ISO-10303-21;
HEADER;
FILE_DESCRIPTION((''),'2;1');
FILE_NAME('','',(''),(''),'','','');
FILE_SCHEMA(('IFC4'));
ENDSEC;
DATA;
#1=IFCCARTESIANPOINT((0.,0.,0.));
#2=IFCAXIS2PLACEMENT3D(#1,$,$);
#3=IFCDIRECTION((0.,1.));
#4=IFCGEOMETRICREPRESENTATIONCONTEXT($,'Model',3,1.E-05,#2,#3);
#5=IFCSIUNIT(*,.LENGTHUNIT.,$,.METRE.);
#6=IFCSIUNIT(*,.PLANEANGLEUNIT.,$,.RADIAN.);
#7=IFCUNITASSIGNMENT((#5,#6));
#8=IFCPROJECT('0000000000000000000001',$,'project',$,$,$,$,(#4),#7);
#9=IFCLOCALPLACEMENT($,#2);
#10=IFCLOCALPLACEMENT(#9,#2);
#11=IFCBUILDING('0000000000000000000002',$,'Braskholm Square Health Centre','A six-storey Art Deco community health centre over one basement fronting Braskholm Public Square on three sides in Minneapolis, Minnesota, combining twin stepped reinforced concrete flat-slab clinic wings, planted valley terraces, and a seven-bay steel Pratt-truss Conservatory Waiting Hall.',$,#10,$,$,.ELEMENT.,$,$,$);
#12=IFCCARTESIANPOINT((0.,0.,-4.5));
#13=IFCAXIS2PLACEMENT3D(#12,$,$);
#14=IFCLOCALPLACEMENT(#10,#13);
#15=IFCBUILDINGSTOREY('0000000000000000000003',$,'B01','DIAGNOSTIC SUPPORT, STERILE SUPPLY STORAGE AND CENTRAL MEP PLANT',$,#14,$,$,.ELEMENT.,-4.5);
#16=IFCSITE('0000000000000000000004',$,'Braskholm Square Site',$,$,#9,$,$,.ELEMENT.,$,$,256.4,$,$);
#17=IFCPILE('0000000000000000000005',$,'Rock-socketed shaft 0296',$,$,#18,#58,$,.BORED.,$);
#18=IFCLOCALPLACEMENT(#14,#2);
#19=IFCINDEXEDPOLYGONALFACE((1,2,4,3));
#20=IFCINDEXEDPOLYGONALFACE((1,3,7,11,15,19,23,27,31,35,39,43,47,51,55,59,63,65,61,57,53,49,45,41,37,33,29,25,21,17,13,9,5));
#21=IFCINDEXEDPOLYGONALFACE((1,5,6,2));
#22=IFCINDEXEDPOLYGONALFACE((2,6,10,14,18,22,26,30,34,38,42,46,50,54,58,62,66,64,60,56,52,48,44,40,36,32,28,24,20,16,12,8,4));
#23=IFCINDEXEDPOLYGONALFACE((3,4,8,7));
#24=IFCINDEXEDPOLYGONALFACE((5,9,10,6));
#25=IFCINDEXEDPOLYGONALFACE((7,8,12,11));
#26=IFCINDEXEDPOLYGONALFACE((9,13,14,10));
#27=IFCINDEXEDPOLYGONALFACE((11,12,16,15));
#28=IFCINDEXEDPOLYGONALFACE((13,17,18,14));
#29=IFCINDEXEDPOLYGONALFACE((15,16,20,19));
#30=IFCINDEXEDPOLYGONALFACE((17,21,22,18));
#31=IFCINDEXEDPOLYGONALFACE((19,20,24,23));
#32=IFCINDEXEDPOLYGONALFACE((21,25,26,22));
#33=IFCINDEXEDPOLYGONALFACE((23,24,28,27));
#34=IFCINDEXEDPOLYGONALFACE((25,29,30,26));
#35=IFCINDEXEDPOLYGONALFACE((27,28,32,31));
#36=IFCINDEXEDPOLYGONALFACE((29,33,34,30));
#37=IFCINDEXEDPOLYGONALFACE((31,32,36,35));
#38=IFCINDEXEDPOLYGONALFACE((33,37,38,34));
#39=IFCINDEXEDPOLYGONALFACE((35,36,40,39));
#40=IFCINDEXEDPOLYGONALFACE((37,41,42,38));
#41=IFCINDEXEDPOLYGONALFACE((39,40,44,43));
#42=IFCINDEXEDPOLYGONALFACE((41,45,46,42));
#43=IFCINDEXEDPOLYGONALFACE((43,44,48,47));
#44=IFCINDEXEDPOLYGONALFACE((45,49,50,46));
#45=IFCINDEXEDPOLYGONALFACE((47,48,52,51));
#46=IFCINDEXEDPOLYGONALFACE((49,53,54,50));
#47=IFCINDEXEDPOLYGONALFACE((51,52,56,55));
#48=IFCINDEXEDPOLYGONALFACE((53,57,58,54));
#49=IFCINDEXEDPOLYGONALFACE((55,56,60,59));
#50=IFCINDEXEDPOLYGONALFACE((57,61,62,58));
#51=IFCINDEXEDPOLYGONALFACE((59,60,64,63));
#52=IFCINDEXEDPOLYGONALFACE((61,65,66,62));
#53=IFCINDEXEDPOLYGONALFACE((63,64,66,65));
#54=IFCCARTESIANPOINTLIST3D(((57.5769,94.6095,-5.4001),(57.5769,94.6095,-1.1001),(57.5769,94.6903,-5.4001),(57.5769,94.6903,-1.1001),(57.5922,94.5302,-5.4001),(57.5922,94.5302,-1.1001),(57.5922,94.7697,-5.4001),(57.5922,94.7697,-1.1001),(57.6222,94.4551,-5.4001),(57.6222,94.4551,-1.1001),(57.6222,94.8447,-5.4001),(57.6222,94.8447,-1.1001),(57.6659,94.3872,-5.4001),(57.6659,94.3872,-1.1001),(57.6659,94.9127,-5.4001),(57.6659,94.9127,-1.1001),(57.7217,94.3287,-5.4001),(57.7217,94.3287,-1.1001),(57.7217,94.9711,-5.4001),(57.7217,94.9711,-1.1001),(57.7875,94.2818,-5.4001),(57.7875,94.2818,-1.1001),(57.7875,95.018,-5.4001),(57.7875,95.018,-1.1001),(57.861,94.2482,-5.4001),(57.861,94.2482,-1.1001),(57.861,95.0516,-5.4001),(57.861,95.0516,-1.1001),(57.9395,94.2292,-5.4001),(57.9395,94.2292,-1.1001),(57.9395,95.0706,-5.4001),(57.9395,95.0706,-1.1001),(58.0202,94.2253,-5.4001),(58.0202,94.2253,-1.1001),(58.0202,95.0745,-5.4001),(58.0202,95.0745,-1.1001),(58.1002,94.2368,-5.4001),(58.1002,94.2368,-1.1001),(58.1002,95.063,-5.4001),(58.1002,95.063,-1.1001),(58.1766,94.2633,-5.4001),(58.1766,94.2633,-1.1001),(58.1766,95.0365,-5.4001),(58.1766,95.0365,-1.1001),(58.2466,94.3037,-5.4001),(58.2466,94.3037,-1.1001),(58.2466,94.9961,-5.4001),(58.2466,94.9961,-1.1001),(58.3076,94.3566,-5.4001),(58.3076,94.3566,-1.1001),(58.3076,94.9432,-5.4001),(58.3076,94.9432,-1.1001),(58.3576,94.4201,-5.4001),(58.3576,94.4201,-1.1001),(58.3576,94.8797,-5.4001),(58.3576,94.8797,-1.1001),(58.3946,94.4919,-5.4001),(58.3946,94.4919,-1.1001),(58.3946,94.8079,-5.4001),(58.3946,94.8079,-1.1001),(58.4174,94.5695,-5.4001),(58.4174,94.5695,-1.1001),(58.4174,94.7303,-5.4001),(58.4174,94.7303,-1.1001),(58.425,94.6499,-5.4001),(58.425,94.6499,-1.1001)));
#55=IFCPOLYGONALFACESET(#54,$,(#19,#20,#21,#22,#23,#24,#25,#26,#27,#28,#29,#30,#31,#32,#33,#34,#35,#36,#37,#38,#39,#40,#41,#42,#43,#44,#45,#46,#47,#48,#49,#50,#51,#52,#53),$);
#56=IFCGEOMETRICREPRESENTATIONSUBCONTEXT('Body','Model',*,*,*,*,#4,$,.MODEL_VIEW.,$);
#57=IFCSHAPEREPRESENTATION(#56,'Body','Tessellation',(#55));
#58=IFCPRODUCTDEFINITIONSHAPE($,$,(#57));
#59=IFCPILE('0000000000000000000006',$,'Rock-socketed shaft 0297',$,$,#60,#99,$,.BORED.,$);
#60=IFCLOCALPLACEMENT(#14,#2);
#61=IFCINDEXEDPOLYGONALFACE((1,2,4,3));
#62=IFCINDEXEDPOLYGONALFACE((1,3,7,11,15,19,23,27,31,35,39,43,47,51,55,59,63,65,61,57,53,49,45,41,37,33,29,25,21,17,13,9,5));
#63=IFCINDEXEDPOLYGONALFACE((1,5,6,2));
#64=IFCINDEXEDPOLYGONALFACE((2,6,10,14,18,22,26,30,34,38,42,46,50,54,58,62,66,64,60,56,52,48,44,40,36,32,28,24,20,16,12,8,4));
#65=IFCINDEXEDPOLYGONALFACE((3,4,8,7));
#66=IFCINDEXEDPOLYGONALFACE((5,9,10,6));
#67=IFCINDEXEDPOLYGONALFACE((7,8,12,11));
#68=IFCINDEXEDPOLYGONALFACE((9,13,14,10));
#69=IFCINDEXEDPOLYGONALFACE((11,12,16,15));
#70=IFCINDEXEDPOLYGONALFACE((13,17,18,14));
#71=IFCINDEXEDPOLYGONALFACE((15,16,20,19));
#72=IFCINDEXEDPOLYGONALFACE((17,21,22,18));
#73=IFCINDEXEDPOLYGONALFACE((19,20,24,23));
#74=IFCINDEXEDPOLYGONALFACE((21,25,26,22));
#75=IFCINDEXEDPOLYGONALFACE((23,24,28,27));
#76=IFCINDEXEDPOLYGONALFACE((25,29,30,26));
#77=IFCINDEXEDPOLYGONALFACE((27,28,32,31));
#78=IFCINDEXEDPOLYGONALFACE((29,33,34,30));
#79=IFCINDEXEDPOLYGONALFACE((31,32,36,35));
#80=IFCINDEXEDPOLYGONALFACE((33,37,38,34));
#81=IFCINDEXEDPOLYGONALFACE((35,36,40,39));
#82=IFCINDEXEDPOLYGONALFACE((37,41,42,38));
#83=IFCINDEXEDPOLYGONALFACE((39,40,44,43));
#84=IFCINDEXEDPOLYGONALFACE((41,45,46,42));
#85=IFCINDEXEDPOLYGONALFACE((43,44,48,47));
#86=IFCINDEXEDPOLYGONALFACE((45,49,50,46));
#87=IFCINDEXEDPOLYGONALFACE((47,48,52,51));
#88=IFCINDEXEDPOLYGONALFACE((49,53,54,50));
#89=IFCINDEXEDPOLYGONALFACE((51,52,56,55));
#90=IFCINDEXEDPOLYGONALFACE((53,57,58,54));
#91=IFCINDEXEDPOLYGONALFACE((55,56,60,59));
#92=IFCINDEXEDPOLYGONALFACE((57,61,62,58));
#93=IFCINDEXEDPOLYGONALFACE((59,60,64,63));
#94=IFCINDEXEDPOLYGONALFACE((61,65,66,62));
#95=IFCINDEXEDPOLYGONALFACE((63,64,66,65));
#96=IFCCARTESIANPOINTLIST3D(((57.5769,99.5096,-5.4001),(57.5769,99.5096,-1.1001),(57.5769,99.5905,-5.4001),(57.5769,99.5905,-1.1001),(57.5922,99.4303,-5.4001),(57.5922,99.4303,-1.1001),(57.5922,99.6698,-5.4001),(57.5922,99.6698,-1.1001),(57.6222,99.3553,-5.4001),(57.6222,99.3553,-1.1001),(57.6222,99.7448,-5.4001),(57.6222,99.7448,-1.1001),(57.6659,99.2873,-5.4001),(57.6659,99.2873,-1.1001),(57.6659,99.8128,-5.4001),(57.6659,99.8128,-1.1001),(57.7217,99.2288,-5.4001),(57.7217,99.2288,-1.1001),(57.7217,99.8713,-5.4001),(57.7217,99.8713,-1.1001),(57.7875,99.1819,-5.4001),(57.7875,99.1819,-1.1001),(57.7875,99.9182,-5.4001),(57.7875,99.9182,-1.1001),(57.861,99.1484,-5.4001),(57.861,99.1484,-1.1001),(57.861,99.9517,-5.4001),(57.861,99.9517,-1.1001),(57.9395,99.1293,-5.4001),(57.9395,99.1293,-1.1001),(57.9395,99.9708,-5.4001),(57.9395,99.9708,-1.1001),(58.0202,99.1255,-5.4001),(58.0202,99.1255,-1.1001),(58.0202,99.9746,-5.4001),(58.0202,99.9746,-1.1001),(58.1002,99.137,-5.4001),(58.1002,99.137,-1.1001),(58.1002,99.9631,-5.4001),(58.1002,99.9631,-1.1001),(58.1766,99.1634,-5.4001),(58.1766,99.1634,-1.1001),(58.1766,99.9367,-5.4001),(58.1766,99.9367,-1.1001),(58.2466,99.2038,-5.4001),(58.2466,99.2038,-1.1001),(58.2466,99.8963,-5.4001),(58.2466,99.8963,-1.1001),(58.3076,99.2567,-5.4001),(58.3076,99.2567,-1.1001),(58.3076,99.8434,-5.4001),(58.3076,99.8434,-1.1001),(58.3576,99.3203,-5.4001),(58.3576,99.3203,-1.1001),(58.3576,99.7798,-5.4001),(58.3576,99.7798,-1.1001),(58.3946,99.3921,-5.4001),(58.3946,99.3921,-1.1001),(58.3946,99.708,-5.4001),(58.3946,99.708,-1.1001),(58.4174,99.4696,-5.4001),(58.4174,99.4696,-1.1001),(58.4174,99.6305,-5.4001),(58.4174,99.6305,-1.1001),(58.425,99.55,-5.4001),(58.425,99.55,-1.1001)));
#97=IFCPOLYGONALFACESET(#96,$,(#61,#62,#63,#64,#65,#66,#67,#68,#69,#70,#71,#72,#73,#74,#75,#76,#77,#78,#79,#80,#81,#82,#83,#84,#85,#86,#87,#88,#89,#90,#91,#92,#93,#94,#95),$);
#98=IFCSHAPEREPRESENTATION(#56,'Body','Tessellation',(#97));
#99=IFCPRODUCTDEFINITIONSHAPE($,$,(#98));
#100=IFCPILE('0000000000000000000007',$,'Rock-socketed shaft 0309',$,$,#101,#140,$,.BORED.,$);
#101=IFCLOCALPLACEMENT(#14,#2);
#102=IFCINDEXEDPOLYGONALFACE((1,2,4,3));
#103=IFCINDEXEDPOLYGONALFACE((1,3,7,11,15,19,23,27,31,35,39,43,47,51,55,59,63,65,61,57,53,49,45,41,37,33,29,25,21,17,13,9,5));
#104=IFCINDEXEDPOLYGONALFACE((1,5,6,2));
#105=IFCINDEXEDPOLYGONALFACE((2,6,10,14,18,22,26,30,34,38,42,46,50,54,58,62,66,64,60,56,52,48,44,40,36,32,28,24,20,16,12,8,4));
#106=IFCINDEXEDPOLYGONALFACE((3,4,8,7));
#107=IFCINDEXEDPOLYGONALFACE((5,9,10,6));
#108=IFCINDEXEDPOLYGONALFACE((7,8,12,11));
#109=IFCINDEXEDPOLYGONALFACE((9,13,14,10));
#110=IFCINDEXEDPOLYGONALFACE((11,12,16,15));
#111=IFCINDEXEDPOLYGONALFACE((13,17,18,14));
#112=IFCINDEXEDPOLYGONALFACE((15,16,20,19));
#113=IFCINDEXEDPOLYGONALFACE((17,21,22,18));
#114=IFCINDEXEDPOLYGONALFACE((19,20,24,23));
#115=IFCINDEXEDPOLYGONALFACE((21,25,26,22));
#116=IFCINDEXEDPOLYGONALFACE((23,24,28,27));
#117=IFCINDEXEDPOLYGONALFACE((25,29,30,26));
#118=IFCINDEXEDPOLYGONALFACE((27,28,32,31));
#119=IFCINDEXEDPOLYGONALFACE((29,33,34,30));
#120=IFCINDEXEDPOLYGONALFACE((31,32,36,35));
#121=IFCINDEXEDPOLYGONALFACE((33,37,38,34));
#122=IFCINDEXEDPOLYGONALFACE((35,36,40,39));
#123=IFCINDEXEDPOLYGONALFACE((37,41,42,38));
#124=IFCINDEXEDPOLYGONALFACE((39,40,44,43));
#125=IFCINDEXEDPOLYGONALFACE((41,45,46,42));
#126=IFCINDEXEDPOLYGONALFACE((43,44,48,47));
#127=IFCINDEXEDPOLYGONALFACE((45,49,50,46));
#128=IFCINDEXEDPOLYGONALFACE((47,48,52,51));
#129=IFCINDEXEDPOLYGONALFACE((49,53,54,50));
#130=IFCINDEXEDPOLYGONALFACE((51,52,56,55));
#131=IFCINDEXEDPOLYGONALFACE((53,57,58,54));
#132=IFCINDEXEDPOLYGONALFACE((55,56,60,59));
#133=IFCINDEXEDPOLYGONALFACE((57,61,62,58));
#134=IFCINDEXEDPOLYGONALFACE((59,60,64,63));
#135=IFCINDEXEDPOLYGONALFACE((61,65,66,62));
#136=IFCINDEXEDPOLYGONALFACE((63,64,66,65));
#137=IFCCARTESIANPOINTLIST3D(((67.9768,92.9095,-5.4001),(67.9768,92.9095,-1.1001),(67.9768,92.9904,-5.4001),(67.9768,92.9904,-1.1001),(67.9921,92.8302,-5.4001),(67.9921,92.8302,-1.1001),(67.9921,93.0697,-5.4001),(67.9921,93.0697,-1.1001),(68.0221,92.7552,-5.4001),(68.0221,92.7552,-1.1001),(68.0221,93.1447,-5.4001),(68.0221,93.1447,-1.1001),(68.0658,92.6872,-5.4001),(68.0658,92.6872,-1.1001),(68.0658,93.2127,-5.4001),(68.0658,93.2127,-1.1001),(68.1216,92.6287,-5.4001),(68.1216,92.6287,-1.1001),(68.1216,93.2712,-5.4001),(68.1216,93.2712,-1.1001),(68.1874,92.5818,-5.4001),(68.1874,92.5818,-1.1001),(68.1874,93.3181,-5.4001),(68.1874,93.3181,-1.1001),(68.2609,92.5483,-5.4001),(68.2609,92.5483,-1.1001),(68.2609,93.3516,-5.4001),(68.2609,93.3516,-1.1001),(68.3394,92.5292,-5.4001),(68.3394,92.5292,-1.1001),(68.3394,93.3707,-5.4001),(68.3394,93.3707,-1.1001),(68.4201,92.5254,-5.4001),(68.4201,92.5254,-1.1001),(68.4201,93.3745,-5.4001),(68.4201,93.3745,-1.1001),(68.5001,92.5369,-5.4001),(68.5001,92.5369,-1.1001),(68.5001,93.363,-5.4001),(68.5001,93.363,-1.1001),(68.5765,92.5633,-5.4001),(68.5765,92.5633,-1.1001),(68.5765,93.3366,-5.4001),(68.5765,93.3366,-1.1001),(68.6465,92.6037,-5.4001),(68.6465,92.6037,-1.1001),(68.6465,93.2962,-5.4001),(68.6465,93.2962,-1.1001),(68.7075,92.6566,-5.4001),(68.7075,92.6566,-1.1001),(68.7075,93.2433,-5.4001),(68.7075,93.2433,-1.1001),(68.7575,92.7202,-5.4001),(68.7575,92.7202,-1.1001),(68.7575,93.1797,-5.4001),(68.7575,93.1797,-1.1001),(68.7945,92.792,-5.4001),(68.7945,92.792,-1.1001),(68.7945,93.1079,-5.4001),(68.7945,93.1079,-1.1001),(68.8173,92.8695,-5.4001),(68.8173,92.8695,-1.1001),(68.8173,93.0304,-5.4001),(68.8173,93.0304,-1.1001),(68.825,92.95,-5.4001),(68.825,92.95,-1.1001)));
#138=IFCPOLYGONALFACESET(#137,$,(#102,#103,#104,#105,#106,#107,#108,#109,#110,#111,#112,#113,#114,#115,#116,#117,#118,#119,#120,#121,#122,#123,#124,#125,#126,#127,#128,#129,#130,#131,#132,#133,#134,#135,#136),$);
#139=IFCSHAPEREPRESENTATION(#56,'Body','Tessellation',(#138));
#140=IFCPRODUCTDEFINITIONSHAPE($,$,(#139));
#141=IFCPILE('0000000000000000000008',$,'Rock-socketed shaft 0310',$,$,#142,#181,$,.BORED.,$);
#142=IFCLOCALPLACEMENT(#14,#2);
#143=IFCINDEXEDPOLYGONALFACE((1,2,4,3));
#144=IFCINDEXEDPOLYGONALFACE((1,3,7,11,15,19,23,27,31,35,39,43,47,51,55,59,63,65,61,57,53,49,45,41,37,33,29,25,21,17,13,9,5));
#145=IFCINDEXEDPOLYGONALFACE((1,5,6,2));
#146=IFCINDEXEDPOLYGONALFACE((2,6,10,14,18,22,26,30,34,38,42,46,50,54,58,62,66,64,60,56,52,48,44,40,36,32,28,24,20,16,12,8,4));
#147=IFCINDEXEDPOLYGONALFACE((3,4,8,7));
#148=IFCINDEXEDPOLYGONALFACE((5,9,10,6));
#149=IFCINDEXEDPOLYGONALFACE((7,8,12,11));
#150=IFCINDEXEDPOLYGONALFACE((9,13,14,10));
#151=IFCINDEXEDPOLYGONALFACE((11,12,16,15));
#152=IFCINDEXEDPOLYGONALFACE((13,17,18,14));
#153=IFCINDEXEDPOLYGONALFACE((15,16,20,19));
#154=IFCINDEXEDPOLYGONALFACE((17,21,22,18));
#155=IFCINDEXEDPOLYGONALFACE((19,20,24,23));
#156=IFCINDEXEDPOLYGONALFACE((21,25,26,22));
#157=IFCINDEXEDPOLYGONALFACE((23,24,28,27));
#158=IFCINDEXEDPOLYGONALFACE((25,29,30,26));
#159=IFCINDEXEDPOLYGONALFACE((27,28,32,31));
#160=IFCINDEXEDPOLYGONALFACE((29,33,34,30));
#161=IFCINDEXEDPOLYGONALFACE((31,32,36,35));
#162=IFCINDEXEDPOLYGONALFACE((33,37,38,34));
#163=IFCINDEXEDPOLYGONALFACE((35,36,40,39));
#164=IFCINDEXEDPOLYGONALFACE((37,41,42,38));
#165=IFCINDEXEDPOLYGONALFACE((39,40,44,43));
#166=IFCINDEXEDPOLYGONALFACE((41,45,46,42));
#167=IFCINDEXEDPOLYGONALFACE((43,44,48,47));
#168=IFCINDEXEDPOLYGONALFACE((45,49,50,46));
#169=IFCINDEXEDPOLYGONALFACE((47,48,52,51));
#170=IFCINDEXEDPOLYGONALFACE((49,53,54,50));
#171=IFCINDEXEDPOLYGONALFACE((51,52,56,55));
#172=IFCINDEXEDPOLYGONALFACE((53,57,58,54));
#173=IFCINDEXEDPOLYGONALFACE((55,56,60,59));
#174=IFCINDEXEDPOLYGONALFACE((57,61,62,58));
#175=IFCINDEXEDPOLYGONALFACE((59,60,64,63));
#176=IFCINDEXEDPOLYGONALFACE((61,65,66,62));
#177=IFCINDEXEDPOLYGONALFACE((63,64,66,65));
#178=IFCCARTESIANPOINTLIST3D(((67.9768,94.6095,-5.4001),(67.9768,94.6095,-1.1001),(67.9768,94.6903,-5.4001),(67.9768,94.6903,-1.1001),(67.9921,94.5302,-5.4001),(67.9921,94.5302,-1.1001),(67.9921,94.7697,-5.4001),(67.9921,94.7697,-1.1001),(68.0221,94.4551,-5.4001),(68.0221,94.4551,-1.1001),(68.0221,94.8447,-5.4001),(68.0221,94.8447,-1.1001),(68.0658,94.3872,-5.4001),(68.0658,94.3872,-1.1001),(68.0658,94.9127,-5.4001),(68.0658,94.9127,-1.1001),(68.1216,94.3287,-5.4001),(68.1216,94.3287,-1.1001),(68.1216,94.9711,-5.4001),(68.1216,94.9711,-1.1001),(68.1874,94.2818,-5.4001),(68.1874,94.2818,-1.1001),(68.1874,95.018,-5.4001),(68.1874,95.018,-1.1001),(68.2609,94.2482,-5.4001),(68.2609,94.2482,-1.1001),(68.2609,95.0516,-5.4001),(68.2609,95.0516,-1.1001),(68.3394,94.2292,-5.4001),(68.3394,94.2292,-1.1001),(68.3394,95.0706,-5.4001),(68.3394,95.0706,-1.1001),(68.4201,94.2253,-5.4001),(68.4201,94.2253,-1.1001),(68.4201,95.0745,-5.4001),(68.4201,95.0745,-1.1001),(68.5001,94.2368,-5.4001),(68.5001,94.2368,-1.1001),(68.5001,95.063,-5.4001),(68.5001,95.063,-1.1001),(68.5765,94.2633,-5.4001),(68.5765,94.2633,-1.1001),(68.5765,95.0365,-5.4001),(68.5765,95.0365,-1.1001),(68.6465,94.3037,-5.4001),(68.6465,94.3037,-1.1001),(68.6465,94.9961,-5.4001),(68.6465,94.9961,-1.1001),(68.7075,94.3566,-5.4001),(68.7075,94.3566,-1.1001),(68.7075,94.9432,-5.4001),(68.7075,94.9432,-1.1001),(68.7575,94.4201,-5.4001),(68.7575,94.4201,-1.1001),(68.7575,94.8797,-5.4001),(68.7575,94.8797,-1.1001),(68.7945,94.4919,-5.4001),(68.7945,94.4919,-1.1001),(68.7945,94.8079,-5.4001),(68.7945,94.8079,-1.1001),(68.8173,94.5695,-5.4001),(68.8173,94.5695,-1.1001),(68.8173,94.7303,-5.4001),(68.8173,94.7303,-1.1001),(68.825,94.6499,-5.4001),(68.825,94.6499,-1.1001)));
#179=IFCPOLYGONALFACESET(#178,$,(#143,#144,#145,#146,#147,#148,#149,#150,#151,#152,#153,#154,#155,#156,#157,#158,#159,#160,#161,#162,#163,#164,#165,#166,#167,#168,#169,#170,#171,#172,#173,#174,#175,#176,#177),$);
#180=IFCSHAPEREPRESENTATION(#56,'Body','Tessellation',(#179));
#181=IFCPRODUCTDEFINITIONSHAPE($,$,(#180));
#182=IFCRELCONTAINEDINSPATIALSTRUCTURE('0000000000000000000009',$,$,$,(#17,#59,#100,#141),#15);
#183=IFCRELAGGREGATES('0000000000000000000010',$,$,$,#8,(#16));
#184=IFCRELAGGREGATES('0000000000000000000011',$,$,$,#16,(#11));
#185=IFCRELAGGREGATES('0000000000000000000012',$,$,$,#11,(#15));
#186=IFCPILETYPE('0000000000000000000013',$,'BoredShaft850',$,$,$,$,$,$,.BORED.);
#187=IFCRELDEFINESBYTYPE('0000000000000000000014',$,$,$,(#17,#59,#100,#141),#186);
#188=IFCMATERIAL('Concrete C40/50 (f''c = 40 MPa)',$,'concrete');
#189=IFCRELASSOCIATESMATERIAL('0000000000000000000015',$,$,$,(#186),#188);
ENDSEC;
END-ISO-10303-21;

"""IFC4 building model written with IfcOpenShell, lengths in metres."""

from ifc_helpers import new_model, si_unit, direction, frame, origin, origin_2d, place, context, subcontext, project, spatial, circle, extrude, material, material_profile, profile_set, type_object, element, save


model = new_model("IFC4")

# Units and contexts
model_context = context("Model", 3, precision=1e-05, world=origin(), true_north=direction((0.0, 1.0)))
body_context = subcontext(model_context, "Body", "Model", "MODEL_VIEW")
ifc_project = project(units=[si_unit("LENGTHUNIT", "METRE"), si_unit("PLANEANGLEUNIT", "RADIAN")], contexts=[model_context])

# Site, building, storey
site_placement = place(None, origin())
site = spatial("IfcSite", under=ifc_project, at=site_placement, Name="Braskholm Square Site", CompositionType="ELEMENT", RefElevation=256.4)
building_placement = place(site_placement, origin())
building = spatial("IfcBuilding", under=site, at=building_placement, Name="Braskholm Square Health Centre", Description="A six-storey Art Deco community health centre over one basement fronting Braskholm Public Square on three sides in Minneapolis, Minnesota, combining twin stepped reinforced concrete flat-slab clinic wings, planted valley terraces, and a seven-bay steel Pratt-truss Conservatory Waiting Hall.", CompositionType="ELEMENT")
storey_placement = place(building_placement, frame((0.0, 0.0, -4.5)))
storey = spatial("IfcBuildingStorey", under=building, at=storey_placement, Name="B01", Description="DIAGNOSTIC SUPPORT, STERILE SUPPLY STORAGE AND CENTRAL MEP PLANT", CompositionType="ELEMENT", Elevation=-4.5)

# Piles
ifc_material_1 = material(Name="Concrete C40/50 (f'c = 40 MPa)", Category="concrete")
ifc_material_profile_1 = material_profile(ifc_material_1, circle(Radius=0.425, at=origin_2d()), Name="BORED-PILE-850")
ifc_profile_set_1 = profile_set([ifc_material_profile_1], Name="Concrete C40/50 (f'c = 40 MPa)")
pile_type_1 = type_object("IfcPileType", Name="BoredShaft850", PredefinedType="BORED", material=ifc_profile_set_1)
for number, where, z_axis, x_axis, name in (
    (1, (58.0, 94.6499, -1.1001), (0.0, 0.0, -1.0), (1.0, 0.0, 0.0), "Rock-socketed shaft 0296"),
    (2, (58.0, 99.55, -1.1001), (0.0, 0.0, -1.0), (1.0, 0.0, 0.0), "Rock-socketed shaft 0297"),
    (3, (68.3999, 92.95, -1.1001), (0.0, 0.0, -1.0), (1.0, 0.0, 0.0), "Rock-socketed shaft 0309"),
    (4, (68.3999, 94.6499, -1.1001), (0.0, 0.0, -1.0), (1.0, 0.0, 0.0), "Rock-socketed shaft 0310"),
):
    element("IfcPile", number, at=place(storey_placement, frame(where, z_axis=z_axis, x_axis=x_axis)), inside=storey, type_object=pile_type_1, Name=name, PredefinedType="BORED", context=body_context, shape_type="SweptSolid", body=[
        extrude(circle(Radius=0.425, at=origin_2d()), origin(), (0.0, 0.0, 1.0), 4.3),
    ])

save(model, "model.ifc")
